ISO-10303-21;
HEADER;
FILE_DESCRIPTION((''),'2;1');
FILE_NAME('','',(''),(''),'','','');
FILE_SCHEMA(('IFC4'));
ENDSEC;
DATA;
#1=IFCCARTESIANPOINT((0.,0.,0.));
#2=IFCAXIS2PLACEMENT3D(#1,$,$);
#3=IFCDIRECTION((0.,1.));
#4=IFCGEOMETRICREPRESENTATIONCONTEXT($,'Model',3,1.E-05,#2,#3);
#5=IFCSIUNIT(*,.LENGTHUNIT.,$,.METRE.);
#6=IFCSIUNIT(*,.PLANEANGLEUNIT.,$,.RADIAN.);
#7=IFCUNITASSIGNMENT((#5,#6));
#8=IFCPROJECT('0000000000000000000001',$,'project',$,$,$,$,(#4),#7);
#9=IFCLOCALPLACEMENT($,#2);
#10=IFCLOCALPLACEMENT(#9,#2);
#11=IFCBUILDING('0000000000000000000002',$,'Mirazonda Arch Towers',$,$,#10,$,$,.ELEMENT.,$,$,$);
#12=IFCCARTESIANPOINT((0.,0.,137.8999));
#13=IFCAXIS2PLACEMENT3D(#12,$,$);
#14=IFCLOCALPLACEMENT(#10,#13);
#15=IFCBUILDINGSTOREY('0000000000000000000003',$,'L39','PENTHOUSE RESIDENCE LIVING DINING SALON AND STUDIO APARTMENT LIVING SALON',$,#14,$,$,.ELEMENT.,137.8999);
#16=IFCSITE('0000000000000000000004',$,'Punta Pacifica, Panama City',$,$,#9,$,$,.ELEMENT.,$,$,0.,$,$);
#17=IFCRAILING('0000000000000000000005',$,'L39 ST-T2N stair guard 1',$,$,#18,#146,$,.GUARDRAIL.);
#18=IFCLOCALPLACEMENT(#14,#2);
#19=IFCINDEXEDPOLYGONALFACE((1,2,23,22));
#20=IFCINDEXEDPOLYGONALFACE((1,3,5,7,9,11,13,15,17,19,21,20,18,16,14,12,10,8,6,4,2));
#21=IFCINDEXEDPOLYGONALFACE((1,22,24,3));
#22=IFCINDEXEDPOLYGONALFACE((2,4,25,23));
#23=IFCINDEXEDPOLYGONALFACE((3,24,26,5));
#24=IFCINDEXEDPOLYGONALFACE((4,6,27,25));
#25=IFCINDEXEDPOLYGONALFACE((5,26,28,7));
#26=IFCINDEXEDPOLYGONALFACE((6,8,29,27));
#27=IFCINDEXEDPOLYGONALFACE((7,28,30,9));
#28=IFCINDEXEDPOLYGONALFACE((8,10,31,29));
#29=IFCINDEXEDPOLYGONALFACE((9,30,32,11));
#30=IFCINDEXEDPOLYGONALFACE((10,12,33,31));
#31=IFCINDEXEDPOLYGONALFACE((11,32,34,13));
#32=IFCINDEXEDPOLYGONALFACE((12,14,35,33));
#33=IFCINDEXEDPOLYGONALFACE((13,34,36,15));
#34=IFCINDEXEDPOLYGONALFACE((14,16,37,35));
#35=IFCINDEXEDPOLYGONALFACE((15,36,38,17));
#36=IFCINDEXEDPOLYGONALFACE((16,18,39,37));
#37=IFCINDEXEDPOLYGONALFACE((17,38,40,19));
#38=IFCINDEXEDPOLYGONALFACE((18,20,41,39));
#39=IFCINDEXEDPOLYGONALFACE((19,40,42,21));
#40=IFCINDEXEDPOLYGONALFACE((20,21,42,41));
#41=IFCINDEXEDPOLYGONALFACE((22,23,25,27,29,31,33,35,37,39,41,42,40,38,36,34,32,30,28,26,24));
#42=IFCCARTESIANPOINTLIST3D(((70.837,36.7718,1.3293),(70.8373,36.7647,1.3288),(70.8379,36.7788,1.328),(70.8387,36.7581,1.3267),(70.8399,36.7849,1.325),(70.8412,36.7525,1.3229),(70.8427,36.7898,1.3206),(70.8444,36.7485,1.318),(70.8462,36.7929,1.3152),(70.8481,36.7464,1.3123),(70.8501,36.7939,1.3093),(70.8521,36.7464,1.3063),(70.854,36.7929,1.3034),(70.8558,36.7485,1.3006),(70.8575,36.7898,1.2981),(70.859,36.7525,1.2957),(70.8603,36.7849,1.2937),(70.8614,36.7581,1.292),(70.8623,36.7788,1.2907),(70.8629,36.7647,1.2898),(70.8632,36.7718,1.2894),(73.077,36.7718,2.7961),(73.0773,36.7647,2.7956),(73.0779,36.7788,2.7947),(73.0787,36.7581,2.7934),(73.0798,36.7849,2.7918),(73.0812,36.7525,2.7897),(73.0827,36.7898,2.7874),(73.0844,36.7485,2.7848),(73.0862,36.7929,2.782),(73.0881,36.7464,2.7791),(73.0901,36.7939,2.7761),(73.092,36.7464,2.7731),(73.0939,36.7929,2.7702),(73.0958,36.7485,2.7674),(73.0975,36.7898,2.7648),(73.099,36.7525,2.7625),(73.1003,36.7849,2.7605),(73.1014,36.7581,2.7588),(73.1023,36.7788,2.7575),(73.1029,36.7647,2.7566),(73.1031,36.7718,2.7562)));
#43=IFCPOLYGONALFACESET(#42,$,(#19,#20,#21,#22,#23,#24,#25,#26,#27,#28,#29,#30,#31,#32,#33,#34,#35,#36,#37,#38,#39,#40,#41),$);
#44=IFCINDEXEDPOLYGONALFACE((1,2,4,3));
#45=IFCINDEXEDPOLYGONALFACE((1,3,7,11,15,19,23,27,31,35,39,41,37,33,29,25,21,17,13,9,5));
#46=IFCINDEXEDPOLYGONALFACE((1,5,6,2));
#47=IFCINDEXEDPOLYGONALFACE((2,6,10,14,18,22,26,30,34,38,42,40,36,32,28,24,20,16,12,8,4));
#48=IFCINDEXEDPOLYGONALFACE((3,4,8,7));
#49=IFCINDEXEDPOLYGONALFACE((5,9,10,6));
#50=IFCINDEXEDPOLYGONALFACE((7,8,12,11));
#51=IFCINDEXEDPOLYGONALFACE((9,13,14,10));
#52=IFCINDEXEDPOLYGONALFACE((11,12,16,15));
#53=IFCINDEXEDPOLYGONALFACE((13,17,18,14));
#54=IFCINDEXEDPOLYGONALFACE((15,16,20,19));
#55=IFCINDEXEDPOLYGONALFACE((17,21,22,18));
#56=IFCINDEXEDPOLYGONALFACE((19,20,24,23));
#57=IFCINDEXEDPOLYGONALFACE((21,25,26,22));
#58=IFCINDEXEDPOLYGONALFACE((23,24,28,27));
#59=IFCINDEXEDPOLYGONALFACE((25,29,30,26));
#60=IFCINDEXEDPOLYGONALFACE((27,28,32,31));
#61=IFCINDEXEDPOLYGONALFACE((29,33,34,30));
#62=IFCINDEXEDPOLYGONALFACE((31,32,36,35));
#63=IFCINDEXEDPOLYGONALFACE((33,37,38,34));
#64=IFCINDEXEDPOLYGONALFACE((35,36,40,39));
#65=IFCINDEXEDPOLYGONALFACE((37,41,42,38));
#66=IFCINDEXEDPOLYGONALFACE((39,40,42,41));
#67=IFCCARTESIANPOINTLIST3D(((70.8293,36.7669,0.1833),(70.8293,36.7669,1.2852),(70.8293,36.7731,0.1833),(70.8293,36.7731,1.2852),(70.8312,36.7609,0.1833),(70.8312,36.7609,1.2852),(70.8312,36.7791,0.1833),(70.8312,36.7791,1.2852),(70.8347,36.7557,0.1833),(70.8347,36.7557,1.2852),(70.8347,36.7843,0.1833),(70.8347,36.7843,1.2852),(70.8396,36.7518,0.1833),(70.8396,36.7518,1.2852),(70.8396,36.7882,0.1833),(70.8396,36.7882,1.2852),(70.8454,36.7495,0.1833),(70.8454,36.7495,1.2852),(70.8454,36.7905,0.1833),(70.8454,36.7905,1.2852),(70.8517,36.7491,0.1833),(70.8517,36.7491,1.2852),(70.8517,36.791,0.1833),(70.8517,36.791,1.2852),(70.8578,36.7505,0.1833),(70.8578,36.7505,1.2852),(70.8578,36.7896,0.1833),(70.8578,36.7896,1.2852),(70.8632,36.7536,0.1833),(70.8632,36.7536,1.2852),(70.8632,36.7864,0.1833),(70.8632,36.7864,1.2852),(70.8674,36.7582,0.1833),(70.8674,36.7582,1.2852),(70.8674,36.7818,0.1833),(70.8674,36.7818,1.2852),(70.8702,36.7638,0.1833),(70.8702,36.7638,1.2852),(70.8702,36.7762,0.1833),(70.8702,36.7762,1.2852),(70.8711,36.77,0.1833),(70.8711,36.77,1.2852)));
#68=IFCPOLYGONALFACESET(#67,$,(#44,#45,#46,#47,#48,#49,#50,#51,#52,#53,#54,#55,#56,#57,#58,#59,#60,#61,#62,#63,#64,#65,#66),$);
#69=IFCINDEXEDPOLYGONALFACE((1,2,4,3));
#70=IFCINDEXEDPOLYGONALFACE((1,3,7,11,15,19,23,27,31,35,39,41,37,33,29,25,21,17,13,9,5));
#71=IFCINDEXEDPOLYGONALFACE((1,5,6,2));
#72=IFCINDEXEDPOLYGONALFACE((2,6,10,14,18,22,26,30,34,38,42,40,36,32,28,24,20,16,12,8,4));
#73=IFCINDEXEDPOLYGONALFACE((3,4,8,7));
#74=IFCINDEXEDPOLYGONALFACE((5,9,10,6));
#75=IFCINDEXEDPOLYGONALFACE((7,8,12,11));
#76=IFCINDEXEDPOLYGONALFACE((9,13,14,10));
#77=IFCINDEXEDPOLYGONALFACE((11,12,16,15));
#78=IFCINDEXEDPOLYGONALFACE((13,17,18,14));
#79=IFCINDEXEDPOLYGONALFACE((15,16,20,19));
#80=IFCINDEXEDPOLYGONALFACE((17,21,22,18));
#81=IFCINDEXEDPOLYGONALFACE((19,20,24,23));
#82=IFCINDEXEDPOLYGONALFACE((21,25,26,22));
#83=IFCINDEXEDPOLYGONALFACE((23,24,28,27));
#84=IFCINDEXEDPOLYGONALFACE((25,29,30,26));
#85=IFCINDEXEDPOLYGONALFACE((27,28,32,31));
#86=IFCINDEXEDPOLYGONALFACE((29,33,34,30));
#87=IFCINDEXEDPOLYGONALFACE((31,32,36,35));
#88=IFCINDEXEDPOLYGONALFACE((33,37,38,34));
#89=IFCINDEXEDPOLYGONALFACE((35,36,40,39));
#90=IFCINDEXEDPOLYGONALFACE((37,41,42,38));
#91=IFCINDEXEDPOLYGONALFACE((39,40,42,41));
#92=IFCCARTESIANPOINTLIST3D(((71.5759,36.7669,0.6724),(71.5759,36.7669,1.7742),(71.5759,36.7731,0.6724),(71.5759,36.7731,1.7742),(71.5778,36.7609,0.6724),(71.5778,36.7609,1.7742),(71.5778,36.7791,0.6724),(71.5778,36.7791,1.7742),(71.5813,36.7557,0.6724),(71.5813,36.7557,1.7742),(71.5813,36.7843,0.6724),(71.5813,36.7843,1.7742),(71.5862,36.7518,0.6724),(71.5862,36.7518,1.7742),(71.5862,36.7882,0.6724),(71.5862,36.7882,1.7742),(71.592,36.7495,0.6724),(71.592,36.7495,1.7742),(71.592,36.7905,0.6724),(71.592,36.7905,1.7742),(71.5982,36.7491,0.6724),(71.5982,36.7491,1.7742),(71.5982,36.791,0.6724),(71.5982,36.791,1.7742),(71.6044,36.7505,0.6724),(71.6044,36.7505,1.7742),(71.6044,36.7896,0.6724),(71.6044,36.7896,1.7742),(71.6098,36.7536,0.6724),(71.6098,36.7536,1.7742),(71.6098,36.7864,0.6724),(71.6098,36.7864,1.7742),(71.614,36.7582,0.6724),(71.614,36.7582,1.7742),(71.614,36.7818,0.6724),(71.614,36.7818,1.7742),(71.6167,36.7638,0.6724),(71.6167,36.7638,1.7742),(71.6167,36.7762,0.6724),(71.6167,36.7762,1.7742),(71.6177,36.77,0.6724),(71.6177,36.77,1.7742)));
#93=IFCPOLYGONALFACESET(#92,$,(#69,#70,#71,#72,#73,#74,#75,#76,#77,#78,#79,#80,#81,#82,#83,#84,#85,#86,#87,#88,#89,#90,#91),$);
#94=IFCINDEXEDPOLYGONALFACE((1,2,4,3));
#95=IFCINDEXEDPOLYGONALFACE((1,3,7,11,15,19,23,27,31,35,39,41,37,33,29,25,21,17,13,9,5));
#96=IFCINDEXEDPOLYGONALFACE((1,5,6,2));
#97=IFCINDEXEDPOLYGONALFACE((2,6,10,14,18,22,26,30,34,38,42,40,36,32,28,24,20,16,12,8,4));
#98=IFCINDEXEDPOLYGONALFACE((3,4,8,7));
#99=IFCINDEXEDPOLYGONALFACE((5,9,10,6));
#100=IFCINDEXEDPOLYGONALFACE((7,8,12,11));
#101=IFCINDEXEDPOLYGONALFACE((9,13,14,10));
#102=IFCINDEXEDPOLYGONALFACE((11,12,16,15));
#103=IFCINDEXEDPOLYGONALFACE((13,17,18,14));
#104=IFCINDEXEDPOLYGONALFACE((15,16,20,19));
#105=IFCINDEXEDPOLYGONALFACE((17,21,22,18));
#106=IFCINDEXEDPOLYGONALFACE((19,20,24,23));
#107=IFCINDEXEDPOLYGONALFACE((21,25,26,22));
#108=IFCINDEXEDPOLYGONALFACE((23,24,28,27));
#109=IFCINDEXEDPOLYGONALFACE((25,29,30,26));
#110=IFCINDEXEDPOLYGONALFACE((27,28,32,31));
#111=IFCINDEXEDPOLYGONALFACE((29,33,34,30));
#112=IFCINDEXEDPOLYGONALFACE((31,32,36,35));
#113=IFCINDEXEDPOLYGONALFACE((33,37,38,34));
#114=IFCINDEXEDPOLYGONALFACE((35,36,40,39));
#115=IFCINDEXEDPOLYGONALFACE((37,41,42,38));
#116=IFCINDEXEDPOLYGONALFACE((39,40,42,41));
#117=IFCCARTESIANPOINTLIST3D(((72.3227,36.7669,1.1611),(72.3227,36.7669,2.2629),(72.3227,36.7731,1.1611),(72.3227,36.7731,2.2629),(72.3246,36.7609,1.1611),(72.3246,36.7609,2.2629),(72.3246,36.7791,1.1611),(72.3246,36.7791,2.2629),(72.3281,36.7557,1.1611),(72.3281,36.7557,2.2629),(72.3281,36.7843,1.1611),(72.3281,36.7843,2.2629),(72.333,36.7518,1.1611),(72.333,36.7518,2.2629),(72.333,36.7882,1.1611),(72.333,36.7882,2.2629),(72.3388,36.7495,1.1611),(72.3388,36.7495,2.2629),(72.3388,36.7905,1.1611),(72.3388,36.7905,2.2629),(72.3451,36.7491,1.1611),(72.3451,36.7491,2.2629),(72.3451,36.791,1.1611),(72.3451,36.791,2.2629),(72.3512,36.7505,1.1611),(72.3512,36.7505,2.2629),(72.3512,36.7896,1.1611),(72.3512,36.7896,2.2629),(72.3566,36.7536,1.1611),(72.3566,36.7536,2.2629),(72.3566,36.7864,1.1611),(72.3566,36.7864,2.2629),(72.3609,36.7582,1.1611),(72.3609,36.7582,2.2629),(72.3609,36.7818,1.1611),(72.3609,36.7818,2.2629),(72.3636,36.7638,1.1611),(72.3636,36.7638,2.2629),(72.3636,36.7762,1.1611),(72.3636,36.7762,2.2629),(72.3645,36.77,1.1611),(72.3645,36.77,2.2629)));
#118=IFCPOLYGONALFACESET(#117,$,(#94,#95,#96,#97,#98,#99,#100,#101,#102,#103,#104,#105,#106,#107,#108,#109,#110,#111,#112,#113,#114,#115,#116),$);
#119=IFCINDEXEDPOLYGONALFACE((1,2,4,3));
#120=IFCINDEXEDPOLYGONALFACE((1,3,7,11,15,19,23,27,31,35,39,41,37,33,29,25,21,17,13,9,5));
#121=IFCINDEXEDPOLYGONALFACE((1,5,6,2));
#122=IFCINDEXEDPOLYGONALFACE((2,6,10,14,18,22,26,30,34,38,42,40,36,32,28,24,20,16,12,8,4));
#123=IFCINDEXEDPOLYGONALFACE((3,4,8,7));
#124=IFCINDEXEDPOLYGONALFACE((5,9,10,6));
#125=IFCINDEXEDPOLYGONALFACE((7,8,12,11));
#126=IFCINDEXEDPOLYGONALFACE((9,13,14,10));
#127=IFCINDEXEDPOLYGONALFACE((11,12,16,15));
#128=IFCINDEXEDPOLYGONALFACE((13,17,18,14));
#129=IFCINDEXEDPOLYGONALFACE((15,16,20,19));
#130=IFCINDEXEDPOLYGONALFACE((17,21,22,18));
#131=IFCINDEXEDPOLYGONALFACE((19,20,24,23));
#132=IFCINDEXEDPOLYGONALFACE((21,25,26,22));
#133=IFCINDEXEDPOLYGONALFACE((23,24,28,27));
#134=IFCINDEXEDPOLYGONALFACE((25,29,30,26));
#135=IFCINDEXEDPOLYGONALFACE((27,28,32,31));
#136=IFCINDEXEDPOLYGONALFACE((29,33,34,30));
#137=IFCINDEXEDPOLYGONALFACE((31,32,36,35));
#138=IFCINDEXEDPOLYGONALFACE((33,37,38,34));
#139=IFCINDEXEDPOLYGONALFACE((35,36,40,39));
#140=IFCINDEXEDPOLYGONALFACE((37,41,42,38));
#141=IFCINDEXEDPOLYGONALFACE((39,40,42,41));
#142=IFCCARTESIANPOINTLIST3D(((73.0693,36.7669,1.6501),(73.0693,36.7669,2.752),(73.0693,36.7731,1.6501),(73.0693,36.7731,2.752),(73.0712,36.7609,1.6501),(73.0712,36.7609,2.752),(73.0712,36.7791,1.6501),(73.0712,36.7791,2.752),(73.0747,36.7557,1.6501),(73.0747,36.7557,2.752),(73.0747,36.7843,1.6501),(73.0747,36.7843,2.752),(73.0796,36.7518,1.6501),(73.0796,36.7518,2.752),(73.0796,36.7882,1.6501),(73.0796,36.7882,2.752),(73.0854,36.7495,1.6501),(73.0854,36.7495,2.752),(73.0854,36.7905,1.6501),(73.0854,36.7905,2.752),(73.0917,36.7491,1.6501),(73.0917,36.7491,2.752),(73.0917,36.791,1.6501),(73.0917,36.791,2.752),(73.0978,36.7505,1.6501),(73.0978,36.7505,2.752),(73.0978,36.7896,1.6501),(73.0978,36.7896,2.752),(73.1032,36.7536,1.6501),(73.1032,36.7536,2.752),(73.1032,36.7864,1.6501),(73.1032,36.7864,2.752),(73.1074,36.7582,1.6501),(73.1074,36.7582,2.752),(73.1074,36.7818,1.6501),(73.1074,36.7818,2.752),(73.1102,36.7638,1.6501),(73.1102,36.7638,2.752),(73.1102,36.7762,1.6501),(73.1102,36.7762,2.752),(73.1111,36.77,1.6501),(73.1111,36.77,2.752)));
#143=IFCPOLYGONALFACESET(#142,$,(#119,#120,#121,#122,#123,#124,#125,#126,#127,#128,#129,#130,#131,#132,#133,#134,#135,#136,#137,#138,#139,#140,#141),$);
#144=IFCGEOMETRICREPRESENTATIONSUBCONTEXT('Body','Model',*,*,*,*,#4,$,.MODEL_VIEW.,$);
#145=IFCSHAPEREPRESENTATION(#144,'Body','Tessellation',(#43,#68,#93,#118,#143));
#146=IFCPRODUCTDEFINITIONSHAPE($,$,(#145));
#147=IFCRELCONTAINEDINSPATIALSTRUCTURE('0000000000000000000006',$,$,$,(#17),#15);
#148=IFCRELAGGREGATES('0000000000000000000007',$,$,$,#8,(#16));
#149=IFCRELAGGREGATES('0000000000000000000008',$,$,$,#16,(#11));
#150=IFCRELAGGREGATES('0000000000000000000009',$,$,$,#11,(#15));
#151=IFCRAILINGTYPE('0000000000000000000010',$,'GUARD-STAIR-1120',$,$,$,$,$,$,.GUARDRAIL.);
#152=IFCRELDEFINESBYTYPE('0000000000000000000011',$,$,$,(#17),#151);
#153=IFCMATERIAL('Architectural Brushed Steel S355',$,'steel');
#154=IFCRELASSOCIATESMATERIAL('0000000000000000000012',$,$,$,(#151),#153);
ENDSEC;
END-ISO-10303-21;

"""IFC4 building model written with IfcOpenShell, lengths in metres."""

from ifc_helpers import new_model, si_unit, direction, frame, origin, origin_2d, place, context, subcontext, project, spatial, circle, extrude, material, type_object, element, save


model = new_model("IFC4")

# Units and contexts
model_context = context("Model", 3, precision=1e-05, world=origin(), true_north=direction((0.0, 1.0)))
body_context = subcontext(model_context, "Body", "Model", "MODEL_VIEW")
ifc_project = project(units=[si_unit("LENGTHUNIT", "METRE"), si_unit("PLANEANGLEUNIT", "RADIAN")], contexts=[model_context])

# Site, building, storey
site_placement = place(None, origin())
site = spatial("IfcSite", under=ifc_project, at=site_placement, Name="Punta Pacifica, Panama City", CompositionType="ELEMENT", RefElevation=0.0)
building_placement = place(site_placement, origin())
building = spatial("IfcBuilding", under=site, at=building_placement, Name="Mirazonda Arch Towers", CompositionType="ELEMENT")
storey_placement = place(building_placement, frame((0.0, 0.0, 137.8999)))
storey = spatial("IfcBuildingStorey", under=building, at=storey_placement, Name="L39", Description="PENTHOUSE RESIDENCE LIVING DINING SALON AND STUDIO APARTMENT LIVING SALON", CompositionType="ELEMENT", Elevation=137.8999)

# Shared definitions
ifc_material_1 = material(Name="Architectural Brushed Steel S355", Category="steel")

# Railing
railing_type_1 = type_object("IfcRailingType", Name="GUARD-STAIR-1120", PredefinedType="GUARDRAIL", material=ifc_material_1)
railing_1_placement = place(storey_placement, frame((70.8501, 36.77, 0.1833)))
element("IfcRailing", 1, at=railing_1_placement, inside=storey, type_object=railing_type_1, Name="L39 ST-T2N stair guard 1", PredefinedType="GUARDRAIL", context=body_context, shape_type="SweptSolid", body=[
    extrude(circle(Radius=0.0239, at=origin_2d()), frame((0.0, 0.0, 1.126), z_axis=(0.836595, 0.0, 0.547822), x_axis=(0.0, 1.0, 0.0)), (0.0, 0.0, 1.0), 2.6775),
    extrude(circle(Radius=0.021, at=origin_2d()), origin(), (0.0, 0.0, 1.0), 1.1018),
    extrude(circle(Radius=0.021, at=origin_2d()), frame((0.7466, 0.0, 0.489)), (0.0, 0.0, 1.0), 1.1018),
    extrude(circle(Radius=0.021, at=origin_2d()), frame((1.4934, 0.0, 0.9778)), (0.0, 0.0, 1.0), 1.1018),
    extrude(circle(Radius=0.021, at=origin_2d()), frame((2.24, 0.0, 1.4668)), (0.0, 0.0, 1.0), 1.1018),
])

save(model, "model.ifc")
